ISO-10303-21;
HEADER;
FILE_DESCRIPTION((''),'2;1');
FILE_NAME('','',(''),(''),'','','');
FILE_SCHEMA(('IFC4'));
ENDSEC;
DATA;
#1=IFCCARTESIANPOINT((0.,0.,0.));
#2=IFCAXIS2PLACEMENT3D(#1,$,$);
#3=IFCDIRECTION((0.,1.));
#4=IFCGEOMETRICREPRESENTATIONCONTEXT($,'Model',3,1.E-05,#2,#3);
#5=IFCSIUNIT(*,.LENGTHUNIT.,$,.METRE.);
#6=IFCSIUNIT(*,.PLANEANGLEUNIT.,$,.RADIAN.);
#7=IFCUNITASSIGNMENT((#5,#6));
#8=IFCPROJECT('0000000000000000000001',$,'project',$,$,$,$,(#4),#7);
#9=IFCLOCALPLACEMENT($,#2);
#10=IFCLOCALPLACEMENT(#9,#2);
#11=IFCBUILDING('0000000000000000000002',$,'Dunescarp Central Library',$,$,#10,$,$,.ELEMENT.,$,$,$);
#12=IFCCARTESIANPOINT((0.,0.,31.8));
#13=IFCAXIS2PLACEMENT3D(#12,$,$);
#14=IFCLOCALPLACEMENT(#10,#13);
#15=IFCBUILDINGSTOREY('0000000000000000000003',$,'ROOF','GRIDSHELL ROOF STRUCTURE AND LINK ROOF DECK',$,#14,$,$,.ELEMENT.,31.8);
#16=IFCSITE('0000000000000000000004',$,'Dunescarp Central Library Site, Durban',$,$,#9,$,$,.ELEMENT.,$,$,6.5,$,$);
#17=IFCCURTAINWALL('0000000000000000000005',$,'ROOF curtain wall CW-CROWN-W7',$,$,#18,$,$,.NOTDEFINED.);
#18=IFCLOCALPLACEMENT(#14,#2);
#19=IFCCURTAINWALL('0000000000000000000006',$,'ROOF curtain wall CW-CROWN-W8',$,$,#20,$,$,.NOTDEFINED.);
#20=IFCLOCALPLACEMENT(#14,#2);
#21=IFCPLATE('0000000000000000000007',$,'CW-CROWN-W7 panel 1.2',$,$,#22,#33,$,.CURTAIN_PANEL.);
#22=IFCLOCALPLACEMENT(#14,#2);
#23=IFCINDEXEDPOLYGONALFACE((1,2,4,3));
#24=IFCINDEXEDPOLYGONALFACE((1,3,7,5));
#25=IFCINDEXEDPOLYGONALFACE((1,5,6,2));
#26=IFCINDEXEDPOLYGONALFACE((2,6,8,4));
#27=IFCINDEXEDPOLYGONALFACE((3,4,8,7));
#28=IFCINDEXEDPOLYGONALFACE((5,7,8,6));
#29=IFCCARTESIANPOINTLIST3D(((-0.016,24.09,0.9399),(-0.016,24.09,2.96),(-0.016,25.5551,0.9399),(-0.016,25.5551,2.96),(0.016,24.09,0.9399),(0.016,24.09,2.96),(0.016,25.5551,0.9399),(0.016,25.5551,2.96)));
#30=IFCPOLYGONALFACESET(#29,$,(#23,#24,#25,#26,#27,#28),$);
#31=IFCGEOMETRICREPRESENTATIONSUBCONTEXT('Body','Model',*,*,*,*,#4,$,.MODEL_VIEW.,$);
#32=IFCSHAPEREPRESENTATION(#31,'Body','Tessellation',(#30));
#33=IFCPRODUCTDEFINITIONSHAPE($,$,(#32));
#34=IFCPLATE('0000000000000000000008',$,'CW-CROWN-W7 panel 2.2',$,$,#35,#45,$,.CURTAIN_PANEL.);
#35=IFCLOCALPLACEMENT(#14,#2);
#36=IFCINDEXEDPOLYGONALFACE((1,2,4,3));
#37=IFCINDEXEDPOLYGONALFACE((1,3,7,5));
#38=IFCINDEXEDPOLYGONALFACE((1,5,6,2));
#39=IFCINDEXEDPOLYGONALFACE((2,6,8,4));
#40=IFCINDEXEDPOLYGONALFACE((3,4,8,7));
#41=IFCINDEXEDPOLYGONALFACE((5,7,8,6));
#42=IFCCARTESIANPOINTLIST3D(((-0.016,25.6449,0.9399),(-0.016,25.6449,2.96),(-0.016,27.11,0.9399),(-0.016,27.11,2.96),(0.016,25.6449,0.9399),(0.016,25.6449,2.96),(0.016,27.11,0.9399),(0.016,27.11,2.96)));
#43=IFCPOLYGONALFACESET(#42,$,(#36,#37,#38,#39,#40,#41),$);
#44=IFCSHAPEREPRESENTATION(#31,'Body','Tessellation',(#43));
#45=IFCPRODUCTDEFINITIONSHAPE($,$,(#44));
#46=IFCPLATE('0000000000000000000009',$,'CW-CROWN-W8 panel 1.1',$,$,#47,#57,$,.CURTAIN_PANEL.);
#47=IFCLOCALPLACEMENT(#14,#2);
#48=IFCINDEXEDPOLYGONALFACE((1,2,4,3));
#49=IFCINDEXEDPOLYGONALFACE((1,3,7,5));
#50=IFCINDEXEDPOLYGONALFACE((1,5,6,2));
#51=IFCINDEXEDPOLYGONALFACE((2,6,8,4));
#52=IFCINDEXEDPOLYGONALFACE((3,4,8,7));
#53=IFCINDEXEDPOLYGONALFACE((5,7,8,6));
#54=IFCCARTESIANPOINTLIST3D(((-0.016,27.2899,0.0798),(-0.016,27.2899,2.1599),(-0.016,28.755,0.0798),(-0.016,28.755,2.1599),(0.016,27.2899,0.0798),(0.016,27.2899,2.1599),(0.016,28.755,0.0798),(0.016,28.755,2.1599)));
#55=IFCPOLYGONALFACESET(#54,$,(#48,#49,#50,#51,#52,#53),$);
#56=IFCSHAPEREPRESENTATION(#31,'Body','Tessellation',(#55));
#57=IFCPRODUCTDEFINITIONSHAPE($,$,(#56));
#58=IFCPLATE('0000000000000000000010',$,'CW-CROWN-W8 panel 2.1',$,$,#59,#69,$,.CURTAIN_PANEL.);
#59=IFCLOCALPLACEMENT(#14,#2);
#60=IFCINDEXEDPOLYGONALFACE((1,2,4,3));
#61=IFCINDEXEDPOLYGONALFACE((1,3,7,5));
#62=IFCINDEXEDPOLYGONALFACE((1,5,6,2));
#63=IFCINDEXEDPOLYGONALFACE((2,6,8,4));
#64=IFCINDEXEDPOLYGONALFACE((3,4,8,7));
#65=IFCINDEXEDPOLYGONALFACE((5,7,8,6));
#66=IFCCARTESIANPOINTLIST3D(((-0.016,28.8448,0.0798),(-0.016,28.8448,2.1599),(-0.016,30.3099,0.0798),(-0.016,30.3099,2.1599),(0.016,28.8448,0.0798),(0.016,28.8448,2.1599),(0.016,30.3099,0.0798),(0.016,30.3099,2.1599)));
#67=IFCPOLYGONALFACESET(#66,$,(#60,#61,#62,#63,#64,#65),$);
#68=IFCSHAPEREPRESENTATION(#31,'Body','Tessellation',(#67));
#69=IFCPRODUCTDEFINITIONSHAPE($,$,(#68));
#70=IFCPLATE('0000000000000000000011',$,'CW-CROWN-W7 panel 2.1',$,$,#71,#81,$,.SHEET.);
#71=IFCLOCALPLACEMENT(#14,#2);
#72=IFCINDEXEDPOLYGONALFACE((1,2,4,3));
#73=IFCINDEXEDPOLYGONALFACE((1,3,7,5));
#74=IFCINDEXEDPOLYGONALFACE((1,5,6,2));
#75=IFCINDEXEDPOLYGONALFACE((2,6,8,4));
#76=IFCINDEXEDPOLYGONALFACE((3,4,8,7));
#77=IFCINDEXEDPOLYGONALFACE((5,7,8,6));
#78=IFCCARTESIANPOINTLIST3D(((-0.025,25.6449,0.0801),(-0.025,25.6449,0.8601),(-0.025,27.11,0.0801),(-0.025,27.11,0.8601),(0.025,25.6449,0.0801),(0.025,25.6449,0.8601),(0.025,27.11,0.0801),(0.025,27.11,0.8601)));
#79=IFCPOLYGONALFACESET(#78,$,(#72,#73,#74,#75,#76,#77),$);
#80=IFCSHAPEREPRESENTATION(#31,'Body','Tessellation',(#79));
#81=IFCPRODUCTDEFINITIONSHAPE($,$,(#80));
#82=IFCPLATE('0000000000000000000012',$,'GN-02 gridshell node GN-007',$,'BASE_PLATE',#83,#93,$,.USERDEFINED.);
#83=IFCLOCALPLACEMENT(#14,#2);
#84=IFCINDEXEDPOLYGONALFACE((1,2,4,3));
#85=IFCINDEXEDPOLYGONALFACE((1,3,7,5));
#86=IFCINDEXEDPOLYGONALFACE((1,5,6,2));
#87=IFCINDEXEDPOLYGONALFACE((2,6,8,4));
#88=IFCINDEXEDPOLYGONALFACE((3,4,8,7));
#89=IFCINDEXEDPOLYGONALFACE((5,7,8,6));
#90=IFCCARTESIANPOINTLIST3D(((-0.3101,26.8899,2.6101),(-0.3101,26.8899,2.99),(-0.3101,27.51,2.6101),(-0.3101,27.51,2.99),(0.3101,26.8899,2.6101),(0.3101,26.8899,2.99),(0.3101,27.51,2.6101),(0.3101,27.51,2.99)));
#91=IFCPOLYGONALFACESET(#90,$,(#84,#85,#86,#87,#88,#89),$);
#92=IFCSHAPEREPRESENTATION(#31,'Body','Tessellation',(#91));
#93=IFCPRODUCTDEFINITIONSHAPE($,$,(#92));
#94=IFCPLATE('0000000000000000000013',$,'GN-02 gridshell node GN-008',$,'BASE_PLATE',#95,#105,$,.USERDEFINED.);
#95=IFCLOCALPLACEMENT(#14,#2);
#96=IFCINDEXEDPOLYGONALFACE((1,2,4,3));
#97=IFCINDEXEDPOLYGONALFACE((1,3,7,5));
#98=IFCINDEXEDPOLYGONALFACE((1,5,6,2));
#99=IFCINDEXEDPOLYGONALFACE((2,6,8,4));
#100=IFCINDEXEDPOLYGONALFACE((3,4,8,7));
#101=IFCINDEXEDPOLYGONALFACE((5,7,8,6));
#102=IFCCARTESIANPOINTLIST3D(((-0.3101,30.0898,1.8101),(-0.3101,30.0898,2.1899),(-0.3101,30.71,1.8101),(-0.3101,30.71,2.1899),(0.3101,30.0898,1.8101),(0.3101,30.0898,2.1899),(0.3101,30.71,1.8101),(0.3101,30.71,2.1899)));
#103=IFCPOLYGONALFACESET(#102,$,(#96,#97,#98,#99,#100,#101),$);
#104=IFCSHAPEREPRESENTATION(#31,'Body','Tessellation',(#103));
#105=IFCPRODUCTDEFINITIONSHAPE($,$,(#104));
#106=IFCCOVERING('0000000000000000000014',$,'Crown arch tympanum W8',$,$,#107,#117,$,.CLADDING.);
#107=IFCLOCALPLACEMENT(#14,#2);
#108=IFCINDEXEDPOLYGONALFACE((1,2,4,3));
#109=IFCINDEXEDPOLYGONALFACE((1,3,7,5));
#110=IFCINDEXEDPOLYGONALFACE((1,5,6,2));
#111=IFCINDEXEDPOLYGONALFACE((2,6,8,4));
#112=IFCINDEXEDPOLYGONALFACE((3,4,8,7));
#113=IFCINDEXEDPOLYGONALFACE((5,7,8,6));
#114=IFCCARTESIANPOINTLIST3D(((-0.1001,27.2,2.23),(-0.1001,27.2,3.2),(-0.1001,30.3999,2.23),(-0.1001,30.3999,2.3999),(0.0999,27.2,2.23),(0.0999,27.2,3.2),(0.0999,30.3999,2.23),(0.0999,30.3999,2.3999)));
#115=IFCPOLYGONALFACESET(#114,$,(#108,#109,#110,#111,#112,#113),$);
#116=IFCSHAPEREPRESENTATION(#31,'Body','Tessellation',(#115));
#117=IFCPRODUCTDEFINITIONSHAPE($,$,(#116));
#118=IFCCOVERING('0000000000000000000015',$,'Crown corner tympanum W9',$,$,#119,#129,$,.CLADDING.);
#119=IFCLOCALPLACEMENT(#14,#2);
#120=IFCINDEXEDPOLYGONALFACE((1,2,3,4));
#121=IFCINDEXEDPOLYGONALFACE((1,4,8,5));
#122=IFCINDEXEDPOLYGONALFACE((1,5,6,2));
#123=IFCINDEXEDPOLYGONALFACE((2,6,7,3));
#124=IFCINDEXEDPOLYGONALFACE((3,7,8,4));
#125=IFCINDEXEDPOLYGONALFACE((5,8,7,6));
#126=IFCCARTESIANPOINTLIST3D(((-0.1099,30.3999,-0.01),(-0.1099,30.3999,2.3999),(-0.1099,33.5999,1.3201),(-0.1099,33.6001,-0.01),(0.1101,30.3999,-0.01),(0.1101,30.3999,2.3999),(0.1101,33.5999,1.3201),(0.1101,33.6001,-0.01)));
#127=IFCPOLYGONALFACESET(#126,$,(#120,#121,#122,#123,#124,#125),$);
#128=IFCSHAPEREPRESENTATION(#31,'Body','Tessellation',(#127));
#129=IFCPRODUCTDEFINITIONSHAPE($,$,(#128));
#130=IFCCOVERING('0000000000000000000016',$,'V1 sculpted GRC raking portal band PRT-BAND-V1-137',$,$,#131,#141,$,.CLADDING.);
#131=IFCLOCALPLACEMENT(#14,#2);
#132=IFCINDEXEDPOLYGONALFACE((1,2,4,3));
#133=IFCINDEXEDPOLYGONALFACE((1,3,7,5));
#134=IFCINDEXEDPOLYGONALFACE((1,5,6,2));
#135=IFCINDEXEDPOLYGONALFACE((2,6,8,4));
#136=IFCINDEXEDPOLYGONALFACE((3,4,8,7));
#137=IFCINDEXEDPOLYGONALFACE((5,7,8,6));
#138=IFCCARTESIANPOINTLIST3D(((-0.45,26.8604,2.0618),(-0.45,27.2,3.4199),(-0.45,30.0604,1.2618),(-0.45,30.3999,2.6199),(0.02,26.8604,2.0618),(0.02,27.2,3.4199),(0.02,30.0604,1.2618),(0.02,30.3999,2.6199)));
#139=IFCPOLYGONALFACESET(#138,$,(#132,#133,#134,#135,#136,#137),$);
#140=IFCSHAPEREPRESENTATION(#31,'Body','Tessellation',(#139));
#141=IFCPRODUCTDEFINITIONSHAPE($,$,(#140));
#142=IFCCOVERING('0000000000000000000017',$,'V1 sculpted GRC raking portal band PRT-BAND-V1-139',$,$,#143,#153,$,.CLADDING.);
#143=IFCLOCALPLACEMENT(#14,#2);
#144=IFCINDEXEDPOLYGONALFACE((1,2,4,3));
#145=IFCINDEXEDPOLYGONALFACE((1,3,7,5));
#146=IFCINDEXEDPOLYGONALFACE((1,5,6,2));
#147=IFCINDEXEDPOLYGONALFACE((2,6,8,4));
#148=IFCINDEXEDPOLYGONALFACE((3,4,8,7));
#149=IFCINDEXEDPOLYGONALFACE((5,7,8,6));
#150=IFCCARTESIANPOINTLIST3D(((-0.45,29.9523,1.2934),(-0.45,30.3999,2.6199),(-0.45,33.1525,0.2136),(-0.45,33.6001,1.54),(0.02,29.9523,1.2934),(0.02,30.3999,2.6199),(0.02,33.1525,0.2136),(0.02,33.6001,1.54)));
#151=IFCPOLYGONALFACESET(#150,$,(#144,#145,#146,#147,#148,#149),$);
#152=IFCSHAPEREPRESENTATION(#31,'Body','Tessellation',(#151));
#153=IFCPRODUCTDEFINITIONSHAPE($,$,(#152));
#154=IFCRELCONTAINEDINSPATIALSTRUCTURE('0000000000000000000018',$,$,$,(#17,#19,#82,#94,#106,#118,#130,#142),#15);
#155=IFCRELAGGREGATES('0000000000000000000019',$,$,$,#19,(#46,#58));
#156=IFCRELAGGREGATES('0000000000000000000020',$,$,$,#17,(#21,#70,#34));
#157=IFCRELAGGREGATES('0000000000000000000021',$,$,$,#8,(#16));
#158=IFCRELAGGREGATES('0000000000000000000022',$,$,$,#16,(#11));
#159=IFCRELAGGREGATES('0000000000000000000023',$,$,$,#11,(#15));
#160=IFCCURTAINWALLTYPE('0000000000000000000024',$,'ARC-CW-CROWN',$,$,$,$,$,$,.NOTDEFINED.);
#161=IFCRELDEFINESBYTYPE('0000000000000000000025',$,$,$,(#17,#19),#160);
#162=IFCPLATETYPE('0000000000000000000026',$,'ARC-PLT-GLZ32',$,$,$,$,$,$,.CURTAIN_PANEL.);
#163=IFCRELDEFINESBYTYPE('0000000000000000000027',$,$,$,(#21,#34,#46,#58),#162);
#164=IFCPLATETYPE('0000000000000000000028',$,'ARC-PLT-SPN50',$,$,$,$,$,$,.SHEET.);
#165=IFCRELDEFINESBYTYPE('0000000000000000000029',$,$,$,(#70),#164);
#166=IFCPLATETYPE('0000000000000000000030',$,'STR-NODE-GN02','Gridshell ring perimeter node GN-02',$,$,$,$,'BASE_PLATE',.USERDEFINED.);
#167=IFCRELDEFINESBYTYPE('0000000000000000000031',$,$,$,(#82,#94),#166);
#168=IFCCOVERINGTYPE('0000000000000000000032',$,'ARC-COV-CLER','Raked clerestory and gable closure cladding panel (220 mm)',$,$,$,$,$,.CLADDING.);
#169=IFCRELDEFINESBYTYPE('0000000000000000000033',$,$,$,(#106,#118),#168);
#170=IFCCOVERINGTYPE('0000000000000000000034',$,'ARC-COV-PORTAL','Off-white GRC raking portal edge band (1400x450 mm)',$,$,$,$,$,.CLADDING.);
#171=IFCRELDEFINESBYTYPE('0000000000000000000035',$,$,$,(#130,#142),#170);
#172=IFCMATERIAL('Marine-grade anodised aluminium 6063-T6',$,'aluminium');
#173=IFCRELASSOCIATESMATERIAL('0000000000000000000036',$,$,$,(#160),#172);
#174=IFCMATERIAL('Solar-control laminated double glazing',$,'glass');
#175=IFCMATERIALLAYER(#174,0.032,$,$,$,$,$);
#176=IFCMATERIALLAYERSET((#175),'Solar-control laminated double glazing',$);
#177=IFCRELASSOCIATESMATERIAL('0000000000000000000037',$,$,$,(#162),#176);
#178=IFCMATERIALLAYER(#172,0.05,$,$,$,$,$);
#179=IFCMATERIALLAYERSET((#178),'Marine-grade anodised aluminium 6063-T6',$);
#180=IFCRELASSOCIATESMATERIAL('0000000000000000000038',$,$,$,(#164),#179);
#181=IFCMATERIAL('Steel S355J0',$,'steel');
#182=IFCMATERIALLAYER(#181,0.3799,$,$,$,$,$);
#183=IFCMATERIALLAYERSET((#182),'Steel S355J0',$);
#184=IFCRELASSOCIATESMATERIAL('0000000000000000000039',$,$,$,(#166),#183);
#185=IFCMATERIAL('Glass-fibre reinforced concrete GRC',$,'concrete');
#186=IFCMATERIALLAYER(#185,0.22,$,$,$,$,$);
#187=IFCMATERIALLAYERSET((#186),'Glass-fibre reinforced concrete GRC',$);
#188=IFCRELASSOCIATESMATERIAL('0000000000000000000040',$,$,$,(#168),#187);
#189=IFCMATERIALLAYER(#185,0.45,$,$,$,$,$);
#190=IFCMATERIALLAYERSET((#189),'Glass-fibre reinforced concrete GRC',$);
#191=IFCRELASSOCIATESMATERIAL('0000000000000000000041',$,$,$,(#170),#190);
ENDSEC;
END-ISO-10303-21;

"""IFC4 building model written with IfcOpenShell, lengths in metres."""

from ifc_helpers import new_model, si_unit, direction, frame, origin, origin_2d, place, context, subcontext, project, spatial, polyline, rectangle, outline, extrude, material, layer, layer_set, type_object, element, aggregate, save


model = new_model("IFC4")

# Units and contexts
model_context = context("Model", 3, precision=1e-05, world=origin(), true_north=direction((0.0, 1.0)))
body_context = subcontext(model_context, "Body", "Model", "MODEL_VIEW")
ifc_project = project(units=[si_unit("LENGTHUNIT", "METRE"), si_unit("PLANEANGLEUNIT", "RADIAN")], contexts=[model_context])

# Site, building, storey
site_placement = place(None, origin())
site = spatial("IfcSite", under=ifc_project, at=site_placement, Name="Dunescarp Central Library Site, Durban", CompositionType="ELEMENT", RefElevation=6.5)
building_placement = place(site_placement, origin())
building = spatial("IfcBuilding", under=site, at=building_placement, Name="Dunescarp Central Library", CompositionType="ELEMENT")
storey_placement = place(building_placement, frame((0.0, 0.0, 31.8)))
storey = spatial("IfcBuildingStorey", under=building, at=storey_placement, Name="ROOF", Description="GRIDSHELL ROOF STRUCTURE AND LINK ROOF DECK", CompositionType="ELEMENT", Elevation=31.8)

# Curtain walls
ifc_material_1 = material(Name="Marine-grade anodised aluminium 6063-T6", Category="aluminium")
curtain_wall_type = type_object("IfcCurtainWallType", Name="ARC-CW-CROWN", PredefinedType="NOTDEFINED", material=ifc_material_1)
curtain_wall_1_placement = place(storey_placement, origin())
curtain_wall_1 = element("IfcCurtainWall", 1, at=curtain_wall_1_placement, inside=storey, type_object=curtain_wall_type, Name="ROOF curtain wall CW-CROWN-W7", PredefinedType="NOTDEFINED")
curtain_wall_2_placement = place(storey_placement, origin())
curtain_wall_2 = element("IfcCurtainWall", 2, at=curtain_wall_2_placement, inside=storey, type_object=curtain_wall_type, Name="ROOF curtain wall CW-CROWN-W8", PredefinedType="NOTDEFINED")

# Shared definitions
ifc_material_2 = material(Name="Steel S355J0", Category="steel")

# Plates
ifc_material_3 = material(Name="Solar-control laminated double glazing", Category="glass")
ifc_layer_1 = layer(ifc_material_3, 0.032)
ifc_layer_set_1 = layer_set([ifc_layer_1], Name="Solar-control laminated double glazing")
plate_type_1 = type_object("IfcPlateType", Name="ARC-PLT-GLZ32", PredefinedType="CURTAIN_PANEL", material=ifc_layer_set_1)
plate_1_placement = place(storey_placement, frame((0.0, 24.8225, 0.9399), z_axis=(0.0, 0.0, 1.0), x_axis=(0.0, 1.0, 0.0)))
plate_1 = element("IfcPlate", 3, at=plate_1_placement, type_object=plate_type_1, Name="CW-CROWN-W7 panel 1.2", PredefinedType="CURTAIN_PANEL", context=body_context, shape_type="SweptSolid", body=[
    extrude(rectangle(XDim=1.4651, YDim=0.032, at=origin_2d()), origin(), (0.0, 0.0, 1.0), 2.02),
])
plate_2_placement = place(storey_placement, frame((0.0, 26.3774, 0.9399), z_axis=(0.0, 0.0, 1.0), x_axis=(0.0, 1.0, 0.0)))
plate_2 = element("IfcPlate", 4, at=plate_2_placement, type_object=plate_type_1, Name="CW-CROWN-W7 panel 2.2", PredefinedType="CURTAIN_PANEL", context=body_context, shape_type="SweptSolid", body=[
    extrude(rectangle(XDim=1.4651, YDim=0.032, at=origin_2d()), origin(), (0.0, 0.0, 1.0), 2.02),
])
plate_3_placement = place(storey_placement, frame((0.0, 28.0225, 0.0798), z_axis=(0.0, 0.0, 1.0), x_axis=(0.0, 1.0, 0.0)))
plate_3 = element("IfcPlate", 5, at=plate_3_placement, type_object=plate_type_1, Name="CW-CROWN-W8 panel 1.1", PredefinedType="CURTAIN_PANEL", context=body_context, shape_type="SweptSolid", body=[
    extrude(rectangle(XDim=1.4651, YDim=0.032, at=origin_2d()), origin(), (0.0, 0.0, 1.0), 2.0801),
])
plate_4_placement = place(storey_placement, frame((0.0, 29.5774, 0.0798), z_axis=(0.0, 0.0, 1.0), x_axis=(0.0, 1.0, 0.0)))
plate_4 = element("IfcPlate", 6, at=plate_4_placement, type_object=plate_type_1, Name="CW-CROWN-W8 panel 2.1", PredefinedType="CURTAIN_PANEL", context=body_context, shape_type="SweptSolid", body=[
    extrude(rectangle(XDim=1.4651, YDim=0.032, at=origin_2d()), origin(), (0.0, 0.0, 1.0), 2.0801),
])
aggregate(curtain_wall_2, [plate_3, plate_4])
ifc_layer_2 = layer(ifc_material_1, 0.05)
ifc_layer_set_2 = layer_set([ifc_layer_2], Name="Marine-grade anodised aluminium 6063-T6")
plate_type_2 = type_object("IfcPlateType", Name="ARC-PLT-SPN50", PredefinedType="SHEET", material=ifc_layer_set_2)
plate_5_placement = place(storey_placement, frame((0.0, 26.3774, 0.0801), z_axis=(0.0, 0.0, 1.0), x_axis=(0.0, 1.0, 0.0)))
plate_5 = element("IfcPlate", 7, at=plate_5_placement, type_object=plate_type_2, Name="CW-CROWN-W7 panel 2.1", PredefinedType="SHEET", context=body_context, shape_type="SweptSolid", body=[
    extrude(rectangle(XDim=1.4651, YDim=0.05, at=origin_2d()), origin(), (0.0, 0.0, 1.0), 0.78),
])
aggregate(curtain_wall_1, [plate_1, plate_5, plate_2])

# Plates
ifc_layer_3 = layer(ifc_material_2, 0.3799)
ifc_layer_set_3 = layer_set([ifc_layer_3], Name="Steel S355J0")
plate_type_3 = type_object("IfcPlateType", Name="STR-NODE-GN02", Description="Gridshell ring perimeter node GN-02", ElementType="BASE_PLATE", PredefinedType="USERDEFINED", material=ifc_layer_set_3)
for number, where, z_axis, x_axis, name in (
    (8, (0.0, 27.2, 2.6101), (0.0, 0.0, 1.0), (1.0, 0.0, 0.0), "GN-02 gridshell node GN-007"),
    (9, (0.0, 30.3999, 1.8101), (0.0, 0.0, 1.0), (1.0, 0.0, 0.0), "GN-02 gridshell node GN-008"),
):
    element("IfcPlate", number, at=place(storey_placement, frame(where, z_axis=z_axis, x_axis=x_axis)), inside=storey, type_object=plate_type_3, Name=name, ObjectType="BASE_PLATE", PredefinedType="USERDEFINED", context=body_context, shape_type="SweptSolid", body=[
        extrude(rectangle(XDim=0.6201, YDim=0.6201, at=origin_2d()), origin(), (0.0, 0.0, 1.0), 0.3799),
    ])

# Coverings
ifc_material_4 = material(Name="Glass-fibre reinforced concrete GRC", Category="concrete")
ifc_layer_4 = layer(ifc_material_4, 0.22)
ifc_layer_set_4 = layer_set([ifc_layer_4], Name="Glass-fibre reinforced concrete GRC")
covering_type_1 = type_object("IfcCoveringType", Name="ARC-COV-CLER", Description="Raked clerestory and gable closure cladding panel (220 mm)", PredefinedType="CLADDING", material=ifc_layer_set_4)
covering_1_placement = place(storey_placement, frame((0.0, 27.2, 2.23), z_axis=(0.0, 0.0, 1.0), x_axis=(0.0, 1.0, 0.0)))
element("IfcCovering", 10, at=covering_1_placement, inside=storey, type_object=covering_type_1, Name="Crown arch tympanum W8", PredefinedType="CLADDING", context=body_context, shape_type="SweptSolid", body=[
    extrude(outline(polyline([(0.0, 0.0), (3.2, 0.0), (3.2, 0.1699), (0.0, 0.97), (0.0, 0.0)])), frame((0.0, 0.1001, 0.0), z_axis=(0.0, -1.0, 0.0), x_axis=(1.0, 0.0, 0.0)), (0.0, 0.0, 1.0), 0.2),
])
covering_2_placement = place(storey_placement, frame((0.0, 30.3999, -0.01), z_axis=(0.0, 0.0, 1.0), x_axis=(0.0, 1.0, 0.0)))
element("IfcCovering", 11, at=covering_2_placement, inside=storey, type_object=covering_type_1, Name="Crown corner tympanum W9", PredefinedType="CLADDING", context=body_context, shape_type="SweptSolid", body=[
    extrude(outline(polyline([(0.0, 0.0), (3.2002, 0.0), (3.2, 1.3301), (0.0, 2.4099), (0.0, 0.0)])), frame((0.0, 0.1099, 0.0), z_axis=(0.0, -1.0, 0.0), x_axis=(1.0, 0.0, 0.0)), (0.0, 0.0, 1.0), 0.22),
])
ifc_layer_5 = layer(ifc_material_4, 0.45)
ifc_layer_set_5 = layer_set([ifc_layer_5], Name="Glass-fibre reinforced concrete GRC")
covering_type_2 = type_object("IfcCoveringType", Name="ARC-COV-PORTAL", Description="Off-white GRC raking portal edge band (1400x450 mm)", PredefinedType="CLADDING", material=ifc_layer_set_5)
covering_3_placement = place(storey_placement, frame((-0.45, 27.2, 3.4199), z_axis=(0.0, 0.242553, 0.970138), x_axis=(1.0, 0.0, 0.0)))
element("IfcCovering", 12, at=covering_3_placement, inside=storey, type_object=covering_type_2, Name="V1 sculpted GRC raking portal band PRT-BAND-V1-137", PredefinedType="CLADDING", context=body_context, shape_type="SweptSolid", body=[
    extrude(outline(polyline([(0.0, 0.0), (0.47, 0.0), (0.47, 3.2984), (0.0, 3.2984), (0.0, 0.0)])), origin(), (0.0, 0.0, -1.0), 1.3999),
])
covering_4_placement = place(storey_placement, frame((-0.45, 30.3999, 2.6199), z_axis=(0.0, 0.319717, 0.947513), x_axis=(1.0, 0.0, 0.0)))
element("IfcCovering", 13, at=covering_4_placement, inside=storey, type_object=covering_type_2, Name="V1 sculpted GRC raking portal band PRT-BAND-V1-139", PredefinedType="CLADDING", context=body_context, shape_type="SweptSolid", body=[
    extrude(outline(polyline([(0.0, 0.0), (0.47, 0.0), (0.47, 3.3775), (0.0, 3.3775), (0.0, 0.0)])), origin(), (0.0, 0.0, -1.0), 1.3999),
])

save(model, "model.ifc")
